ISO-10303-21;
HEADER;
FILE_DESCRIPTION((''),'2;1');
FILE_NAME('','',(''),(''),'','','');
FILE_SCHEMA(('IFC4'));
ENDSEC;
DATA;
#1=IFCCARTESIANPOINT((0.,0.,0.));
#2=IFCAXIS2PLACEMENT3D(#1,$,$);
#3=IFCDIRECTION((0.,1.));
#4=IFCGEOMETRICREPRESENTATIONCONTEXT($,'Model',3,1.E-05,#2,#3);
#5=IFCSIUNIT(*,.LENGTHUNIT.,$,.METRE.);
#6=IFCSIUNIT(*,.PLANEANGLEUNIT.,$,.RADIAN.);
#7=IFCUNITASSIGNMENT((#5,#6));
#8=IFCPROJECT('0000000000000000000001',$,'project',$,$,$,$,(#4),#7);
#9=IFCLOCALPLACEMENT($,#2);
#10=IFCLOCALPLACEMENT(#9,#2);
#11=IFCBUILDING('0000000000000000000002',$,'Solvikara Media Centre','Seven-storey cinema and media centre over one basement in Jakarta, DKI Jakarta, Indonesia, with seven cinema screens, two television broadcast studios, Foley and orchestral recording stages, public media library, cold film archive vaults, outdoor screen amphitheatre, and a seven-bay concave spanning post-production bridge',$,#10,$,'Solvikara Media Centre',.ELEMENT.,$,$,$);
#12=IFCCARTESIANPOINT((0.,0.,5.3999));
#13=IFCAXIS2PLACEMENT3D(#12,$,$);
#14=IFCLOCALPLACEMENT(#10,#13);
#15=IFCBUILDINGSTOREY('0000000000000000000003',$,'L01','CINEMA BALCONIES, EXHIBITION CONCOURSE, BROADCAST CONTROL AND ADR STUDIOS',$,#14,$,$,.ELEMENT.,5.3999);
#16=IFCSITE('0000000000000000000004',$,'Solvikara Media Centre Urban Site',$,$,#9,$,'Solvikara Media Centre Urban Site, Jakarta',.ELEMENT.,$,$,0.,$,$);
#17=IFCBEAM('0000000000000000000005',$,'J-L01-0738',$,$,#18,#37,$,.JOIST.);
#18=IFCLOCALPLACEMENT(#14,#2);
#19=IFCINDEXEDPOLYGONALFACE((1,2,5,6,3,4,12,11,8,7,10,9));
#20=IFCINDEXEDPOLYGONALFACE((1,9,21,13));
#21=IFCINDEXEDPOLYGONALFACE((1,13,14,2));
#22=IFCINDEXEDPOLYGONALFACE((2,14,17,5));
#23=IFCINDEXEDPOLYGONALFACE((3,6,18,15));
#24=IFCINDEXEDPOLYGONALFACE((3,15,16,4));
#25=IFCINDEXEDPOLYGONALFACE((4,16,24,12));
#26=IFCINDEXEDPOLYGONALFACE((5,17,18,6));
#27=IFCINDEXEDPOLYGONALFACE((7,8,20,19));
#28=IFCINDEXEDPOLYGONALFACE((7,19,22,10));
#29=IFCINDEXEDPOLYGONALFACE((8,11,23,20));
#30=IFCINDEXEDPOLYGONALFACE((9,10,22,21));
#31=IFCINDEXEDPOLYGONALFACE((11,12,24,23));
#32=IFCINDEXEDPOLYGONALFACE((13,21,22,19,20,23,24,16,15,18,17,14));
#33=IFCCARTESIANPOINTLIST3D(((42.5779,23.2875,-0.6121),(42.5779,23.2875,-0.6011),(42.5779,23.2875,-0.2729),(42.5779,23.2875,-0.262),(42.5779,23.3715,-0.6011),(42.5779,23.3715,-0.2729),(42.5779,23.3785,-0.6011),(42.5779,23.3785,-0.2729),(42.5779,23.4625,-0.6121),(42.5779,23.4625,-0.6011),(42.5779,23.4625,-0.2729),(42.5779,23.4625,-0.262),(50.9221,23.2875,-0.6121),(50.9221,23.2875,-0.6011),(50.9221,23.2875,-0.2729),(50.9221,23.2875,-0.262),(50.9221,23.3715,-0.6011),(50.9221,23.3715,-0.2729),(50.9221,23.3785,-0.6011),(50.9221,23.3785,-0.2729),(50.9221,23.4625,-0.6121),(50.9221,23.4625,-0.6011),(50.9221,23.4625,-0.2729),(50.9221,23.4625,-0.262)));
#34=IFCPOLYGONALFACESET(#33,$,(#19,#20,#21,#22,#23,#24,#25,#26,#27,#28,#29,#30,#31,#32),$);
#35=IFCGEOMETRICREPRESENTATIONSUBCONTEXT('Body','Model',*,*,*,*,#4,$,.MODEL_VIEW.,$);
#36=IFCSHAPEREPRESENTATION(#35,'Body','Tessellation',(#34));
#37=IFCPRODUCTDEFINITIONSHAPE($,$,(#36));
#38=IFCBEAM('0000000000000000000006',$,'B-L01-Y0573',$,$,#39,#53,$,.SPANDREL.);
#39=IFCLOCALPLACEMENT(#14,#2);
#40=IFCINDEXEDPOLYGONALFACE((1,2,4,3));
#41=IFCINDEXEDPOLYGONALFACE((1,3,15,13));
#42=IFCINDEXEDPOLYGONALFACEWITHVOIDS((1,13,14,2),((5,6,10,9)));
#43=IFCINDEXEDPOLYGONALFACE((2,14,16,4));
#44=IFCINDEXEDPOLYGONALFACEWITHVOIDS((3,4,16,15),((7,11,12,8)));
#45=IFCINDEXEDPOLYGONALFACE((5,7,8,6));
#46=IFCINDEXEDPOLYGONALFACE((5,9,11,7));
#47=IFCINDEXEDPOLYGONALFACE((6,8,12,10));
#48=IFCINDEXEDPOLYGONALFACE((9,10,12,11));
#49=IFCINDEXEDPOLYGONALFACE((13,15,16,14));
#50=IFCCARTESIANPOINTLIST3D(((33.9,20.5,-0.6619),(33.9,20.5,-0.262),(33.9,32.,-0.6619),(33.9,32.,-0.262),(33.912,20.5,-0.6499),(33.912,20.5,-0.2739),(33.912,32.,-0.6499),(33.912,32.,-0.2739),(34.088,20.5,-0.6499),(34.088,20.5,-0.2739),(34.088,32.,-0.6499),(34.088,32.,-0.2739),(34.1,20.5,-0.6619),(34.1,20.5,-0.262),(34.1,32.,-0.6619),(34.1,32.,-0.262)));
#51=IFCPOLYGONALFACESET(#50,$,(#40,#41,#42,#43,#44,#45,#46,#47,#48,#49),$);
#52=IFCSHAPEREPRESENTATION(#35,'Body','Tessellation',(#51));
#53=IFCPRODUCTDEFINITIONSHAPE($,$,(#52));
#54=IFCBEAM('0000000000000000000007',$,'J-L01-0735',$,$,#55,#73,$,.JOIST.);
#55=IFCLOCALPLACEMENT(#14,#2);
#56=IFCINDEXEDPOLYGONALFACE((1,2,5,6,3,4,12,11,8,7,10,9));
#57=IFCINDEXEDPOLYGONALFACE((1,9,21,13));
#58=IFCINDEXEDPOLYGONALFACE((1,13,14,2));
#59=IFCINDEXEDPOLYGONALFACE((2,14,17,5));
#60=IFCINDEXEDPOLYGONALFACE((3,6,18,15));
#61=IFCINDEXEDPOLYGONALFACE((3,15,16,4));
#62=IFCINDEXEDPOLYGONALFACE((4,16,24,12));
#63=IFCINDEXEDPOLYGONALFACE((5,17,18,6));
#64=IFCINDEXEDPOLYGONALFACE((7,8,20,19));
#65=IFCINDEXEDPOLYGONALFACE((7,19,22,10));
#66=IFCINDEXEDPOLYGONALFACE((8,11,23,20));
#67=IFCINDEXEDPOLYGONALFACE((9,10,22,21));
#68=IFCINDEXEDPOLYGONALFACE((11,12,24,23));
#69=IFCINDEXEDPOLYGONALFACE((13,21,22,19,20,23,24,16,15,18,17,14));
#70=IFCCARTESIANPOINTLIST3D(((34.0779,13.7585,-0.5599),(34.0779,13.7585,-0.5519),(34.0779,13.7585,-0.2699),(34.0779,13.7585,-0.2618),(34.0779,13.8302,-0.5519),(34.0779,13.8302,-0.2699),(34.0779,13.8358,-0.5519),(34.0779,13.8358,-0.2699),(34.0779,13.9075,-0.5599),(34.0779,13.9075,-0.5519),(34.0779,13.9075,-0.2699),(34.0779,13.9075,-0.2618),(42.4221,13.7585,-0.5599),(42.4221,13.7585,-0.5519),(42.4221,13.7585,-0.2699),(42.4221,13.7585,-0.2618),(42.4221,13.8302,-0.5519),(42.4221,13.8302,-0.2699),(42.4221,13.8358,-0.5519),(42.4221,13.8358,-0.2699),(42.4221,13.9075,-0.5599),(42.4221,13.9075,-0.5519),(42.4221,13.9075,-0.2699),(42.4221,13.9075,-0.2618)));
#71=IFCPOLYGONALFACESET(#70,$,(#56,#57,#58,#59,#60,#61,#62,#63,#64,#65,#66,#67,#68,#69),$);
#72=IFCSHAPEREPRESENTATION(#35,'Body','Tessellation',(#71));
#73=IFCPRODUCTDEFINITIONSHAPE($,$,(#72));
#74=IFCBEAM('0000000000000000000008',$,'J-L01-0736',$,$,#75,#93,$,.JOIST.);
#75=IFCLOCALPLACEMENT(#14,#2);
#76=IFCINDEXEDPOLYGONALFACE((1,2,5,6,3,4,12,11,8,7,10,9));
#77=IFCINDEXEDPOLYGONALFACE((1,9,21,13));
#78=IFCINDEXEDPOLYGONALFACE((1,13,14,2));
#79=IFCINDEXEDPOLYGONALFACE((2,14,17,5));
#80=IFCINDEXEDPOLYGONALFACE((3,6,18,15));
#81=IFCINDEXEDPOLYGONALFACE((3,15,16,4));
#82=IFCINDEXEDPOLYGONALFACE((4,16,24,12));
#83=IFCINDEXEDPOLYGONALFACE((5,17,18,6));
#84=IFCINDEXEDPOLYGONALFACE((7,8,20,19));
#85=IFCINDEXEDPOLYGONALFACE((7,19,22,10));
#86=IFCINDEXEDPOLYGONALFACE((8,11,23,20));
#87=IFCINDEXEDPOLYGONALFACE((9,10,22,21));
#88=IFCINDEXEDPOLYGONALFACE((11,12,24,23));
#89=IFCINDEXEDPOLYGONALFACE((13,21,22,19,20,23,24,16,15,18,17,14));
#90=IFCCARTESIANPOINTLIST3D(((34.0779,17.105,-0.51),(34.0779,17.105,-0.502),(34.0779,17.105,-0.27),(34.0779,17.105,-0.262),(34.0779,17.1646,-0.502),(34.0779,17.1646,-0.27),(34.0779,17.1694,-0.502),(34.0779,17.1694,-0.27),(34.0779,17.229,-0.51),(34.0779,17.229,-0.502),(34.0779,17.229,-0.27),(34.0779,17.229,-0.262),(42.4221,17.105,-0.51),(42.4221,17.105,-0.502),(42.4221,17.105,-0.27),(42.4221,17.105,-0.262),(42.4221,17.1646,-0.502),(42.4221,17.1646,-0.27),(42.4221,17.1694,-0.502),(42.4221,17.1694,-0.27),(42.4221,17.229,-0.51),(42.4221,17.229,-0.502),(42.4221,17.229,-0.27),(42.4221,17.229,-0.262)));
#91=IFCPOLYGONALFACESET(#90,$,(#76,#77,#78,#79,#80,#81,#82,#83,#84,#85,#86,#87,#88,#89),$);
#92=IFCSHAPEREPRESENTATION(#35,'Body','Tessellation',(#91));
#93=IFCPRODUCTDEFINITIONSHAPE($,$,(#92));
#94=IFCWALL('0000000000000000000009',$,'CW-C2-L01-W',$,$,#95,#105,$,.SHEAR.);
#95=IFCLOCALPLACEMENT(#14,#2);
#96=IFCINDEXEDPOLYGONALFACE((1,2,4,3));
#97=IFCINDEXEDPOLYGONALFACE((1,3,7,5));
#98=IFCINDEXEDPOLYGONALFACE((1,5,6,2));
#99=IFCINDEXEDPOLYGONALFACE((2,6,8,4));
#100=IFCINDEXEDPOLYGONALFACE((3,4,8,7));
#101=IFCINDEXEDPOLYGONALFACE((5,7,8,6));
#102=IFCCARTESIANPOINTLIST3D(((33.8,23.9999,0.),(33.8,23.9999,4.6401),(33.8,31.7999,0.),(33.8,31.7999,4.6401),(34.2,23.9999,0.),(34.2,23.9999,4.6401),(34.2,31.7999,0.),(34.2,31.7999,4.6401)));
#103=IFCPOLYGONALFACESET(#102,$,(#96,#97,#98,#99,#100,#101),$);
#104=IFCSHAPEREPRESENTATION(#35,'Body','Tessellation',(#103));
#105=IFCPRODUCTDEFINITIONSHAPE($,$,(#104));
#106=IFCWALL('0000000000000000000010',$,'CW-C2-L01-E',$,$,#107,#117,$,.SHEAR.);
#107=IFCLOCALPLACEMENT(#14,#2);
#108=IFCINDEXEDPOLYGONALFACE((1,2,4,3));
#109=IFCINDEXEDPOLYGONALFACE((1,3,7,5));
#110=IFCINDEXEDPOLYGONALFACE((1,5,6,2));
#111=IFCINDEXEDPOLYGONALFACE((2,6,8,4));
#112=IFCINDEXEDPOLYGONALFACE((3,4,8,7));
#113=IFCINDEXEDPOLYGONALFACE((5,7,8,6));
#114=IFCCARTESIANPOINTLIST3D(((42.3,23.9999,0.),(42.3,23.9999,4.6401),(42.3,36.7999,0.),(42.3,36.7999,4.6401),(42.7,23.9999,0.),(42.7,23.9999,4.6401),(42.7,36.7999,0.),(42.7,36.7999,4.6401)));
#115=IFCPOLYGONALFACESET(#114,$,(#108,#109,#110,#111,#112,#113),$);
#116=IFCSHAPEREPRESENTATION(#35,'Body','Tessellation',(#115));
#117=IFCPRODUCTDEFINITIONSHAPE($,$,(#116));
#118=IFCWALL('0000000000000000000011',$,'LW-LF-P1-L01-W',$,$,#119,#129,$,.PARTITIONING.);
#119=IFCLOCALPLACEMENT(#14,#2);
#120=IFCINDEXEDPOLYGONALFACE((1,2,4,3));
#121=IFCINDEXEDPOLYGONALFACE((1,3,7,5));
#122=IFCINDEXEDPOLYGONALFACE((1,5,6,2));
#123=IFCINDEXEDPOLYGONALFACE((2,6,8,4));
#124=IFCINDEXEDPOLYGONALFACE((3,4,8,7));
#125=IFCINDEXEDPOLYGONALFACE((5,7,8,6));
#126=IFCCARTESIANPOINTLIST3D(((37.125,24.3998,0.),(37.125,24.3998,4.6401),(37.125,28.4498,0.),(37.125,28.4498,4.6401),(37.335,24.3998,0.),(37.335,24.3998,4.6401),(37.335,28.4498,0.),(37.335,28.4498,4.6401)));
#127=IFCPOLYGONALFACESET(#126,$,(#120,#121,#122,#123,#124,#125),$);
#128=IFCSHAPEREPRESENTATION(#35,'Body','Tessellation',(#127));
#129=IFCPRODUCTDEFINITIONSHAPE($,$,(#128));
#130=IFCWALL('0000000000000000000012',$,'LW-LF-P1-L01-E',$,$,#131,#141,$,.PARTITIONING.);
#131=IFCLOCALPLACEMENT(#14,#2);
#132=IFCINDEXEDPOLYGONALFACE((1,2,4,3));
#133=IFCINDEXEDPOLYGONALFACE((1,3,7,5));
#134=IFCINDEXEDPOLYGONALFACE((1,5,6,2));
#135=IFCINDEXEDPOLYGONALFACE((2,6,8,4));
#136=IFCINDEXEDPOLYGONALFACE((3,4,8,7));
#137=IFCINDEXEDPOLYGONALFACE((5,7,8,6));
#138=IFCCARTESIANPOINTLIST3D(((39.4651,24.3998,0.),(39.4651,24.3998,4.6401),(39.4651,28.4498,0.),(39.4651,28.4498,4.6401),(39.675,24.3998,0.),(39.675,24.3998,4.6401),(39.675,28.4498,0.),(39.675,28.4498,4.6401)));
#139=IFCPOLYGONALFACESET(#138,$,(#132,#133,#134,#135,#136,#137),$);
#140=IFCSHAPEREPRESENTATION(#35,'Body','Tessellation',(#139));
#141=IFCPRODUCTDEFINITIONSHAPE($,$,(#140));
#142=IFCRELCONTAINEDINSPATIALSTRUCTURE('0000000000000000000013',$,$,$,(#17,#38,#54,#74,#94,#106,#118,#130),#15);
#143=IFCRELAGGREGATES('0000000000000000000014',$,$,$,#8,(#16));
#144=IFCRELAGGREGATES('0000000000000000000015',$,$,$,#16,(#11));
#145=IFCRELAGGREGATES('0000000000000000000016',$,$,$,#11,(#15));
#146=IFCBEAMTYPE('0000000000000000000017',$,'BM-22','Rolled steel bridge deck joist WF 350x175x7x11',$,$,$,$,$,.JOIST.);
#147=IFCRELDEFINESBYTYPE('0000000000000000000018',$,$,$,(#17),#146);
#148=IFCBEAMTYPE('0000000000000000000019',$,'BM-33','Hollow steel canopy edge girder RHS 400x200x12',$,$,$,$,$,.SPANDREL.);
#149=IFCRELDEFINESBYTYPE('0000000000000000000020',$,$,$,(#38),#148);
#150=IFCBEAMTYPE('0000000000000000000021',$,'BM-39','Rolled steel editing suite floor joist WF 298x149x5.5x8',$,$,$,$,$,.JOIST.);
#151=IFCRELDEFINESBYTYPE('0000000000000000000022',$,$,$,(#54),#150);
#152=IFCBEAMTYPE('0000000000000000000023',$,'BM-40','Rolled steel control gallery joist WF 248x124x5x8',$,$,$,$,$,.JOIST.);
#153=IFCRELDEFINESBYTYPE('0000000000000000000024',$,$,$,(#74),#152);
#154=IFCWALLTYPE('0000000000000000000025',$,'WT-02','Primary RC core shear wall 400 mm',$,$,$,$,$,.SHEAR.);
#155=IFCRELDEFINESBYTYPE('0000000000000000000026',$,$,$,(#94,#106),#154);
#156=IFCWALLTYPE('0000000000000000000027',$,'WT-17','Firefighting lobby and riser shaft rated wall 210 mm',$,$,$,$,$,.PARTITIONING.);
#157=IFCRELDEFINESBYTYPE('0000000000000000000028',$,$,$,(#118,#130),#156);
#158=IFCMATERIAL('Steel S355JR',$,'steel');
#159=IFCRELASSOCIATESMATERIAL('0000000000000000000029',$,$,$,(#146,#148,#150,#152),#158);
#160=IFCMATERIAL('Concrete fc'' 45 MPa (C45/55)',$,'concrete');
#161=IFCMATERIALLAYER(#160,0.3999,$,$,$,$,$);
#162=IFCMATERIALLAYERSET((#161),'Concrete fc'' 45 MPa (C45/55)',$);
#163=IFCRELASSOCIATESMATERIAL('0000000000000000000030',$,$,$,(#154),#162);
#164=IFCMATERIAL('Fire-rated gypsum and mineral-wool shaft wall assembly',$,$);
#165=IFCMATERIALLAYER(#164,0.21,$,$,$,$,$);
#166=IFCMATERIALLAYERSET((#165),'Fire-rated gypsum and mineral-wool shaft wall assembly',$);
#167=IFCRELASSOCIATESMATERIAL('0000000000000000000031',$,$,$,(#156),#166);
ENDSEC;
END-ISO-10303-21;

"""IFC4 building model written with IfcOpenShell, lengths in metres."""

from ifc_helpers import new_model, si_unit, direction, frame, frame_2d, origin, origin_2d, place, context, subcontext, project, spatial, rectangle, hollow_rectangle, i_section, extrude, material, layer, layer_set, material_profile, profile_set, type_object, element, save


model = new_model("IFC4")

# Units and contexts
model_context = context("Model", 3, precision=1e-05, world=origin(), true_north=direction((0.0, 1.0)))
body_context = subcontext(model_context, "Body", "Model", "MODEL_VIEW")
ifc_project = project(units=[si_unit("LENGTHUNIT", "METRE"), si_unit("PLANEANGLEUNIT", "RADIAN")], contexts=[model_context])

# Site, building, storey
site_placement = place(None, origin())
site = spatial("IfcSite", under=ifc_project, at=site_placement, Name="Solvikara Media Centre Urban Site", LongName="Solvikara Media Centre Urban Site, Jakarta", CompositionType="ELEMENT", RefElevation=0.0)
building_placement = place(site_placement, origin())
building = spatial("IfcBuilding", under=site, at=building_placement, Name="Solvikara Media Centre", Description="Seven-storey cinema and media centre over one basement in Jakarta, DKI Jakarta, Indonesia, with seven cinema screens, two television broadcast studios, Foley and orchestral recording stages, public media library, cold film archive vaults, outdoor screen amphitheatre, and a seven-bay concave spanning post-production bridge", LongName="Solvikara Media Centre", CompositionType="ELEMENT")
storey_placement = place(building_placement, frame((0.0, 0.0, 5.3999)))
storey = spatial("IfcBuildingStorey", under=building, at=storey_placement, Name="L01", Description="CINEMA BALCONIES, EXHIBITION CONCOURSE, BROADCAST CONTROL AND ADR STUDIOS", CompositionType="ELEMENT", Elevation=5.3999)

# Shared definitions
ifc_material_1 = material(Name="Concrete fc' 45 MPa (C45/55)", Category="concrete")

# Beams
ifc_material_2 = material(Name="Steel S355JR", Category="steel")
ifc_material_profile_1 = material_profile(ifc_material_2, i_section(OverallWidth=0.175, OverallDepth=0.3501, WebThickness=0.0071, FlangeThickness=0.011, at=origin_2d()), Name="WF 350x175x7x11")
ifc_profile_set_1 = profile_set([ifc_material_profile_1], Name="Steel S355JR")
beam_type_1 = type_object("IfcBeamType", Name="BM-22", Description="Rolled steel bridge deck joist WF 350x175x7x11", PredefinedType="JOIST", material=ifc_profile_set_1)
beam_1_placement = place(storey_placement, frame((42.5779, 23.375, -0.437), z_axis=(1.0, 0.0, 0.0), x_axis=(0.0, 1.0, 0.0)))
element("IfcBeam", 1, at=beam_1_placement, inside=storey, type_object=beam_type_1, Name="J-L01-0738", PredefinedType="JOIST", context=body_context, shape_type="SweptSolid", body=[
    extrude(i_section(OverallWidth=0.175, OverallDepth=0.3501, WebThickness=0.0071, FlangeThickness=0.011, at=origin_2d()), origin(), (0.0, 0.0, 1.0), 8.3442),
])
ifc_material_profile_2 = material_profile(ifc_material_2, hollow_rectangle(XDim=0.2, YDim=0.3999, WallThickness=0.012, at=origin_2d()), Name="RHS 400x200x12")
ifc_profile_set_2 = profile_set([ifc_material_profile_2], Name="Steel S355JR")
beam_type_2 = type_object("IfcBeamType", Name="BM-33", Description="Hollow steel canopy edge girder RHS 400x200x12", PredefinedType="SPANDREL", material=ifc_profile_set_2)
beam_2_placement = place(storey_placement, frame((34.0, 20.5, -0.4619), z_axis=(0.0, 1.0, 0.0), x_axis=(-1.0, 0.0, 0.0)))
element("IfcBeam", 2, at=beam_2_placement, inside=storey, type_object=beam_type_2, Name="B-L01-Y0573", PredefinedType="SPANDREL", context=body_context, shape_type="SweptSolid", body=[
    extrude(hollow_rectangle(XDim=0.2, YDim=0.3999, WallThickness=0.012, at=origin_2d()), origin(), (0.0, 0.0, 1.0), 11.5),
])
ifc_material_profile_3 = material_profile(ifc_material_2, i_section(OverallWidth=0.1489, OverallDepth=0.2981, WebThickness=0.0056, FlangeThickness=0.0081, at=origin_2d()), Name="WF 298x149x5.5x8")
ifc_profile_set_3 = profile_set([ifc_material_profile_3], Name="Steel S355JR")
beam_type_3 = type_object("IfcBeamType", Name="BM-39", Description="Rolled steel editing suite floor joist WF 298x149x5.5x8", PredefinedType="JOIST", material=ifc_profile_set_3)
beam_3_placement = place(storey_placement, frame((34.0779, 13.833, -0.4109), z_axis=(1.0, 0.0, 0.0), x_axis=(0.0, 1.0, 0.0)))
element("IfcBeam", 3, at=beam_3_placement, inside=storey, type_object=beam_type_3, Name="J-L01-0735", PredefinedType="JOIST", context=body_context, shape_type="SweptSolid", body=[
    extrude(i_section(OverallWidth=0.1489, OverallDepth=0.2981, WebThickness=0.0056, FlangeThickness=0.0081, at=origin_2d()), origin(), (0.0, 0.0, 1.0), 8.3442),
])
ifc_material_profile_4 = material_profile(ifc_material_2, i_section(OverallWidth=0.124, OverallDepth=0.248, WebThickness=0.0049, FlangeThickness=0.0081, at=origin_2d()), Name="WF 248x124x5x8")
ifc_profile_set_4 = profile_set([ifc_material_profile_4], Name="Steel S355JR")
beam_type_4 = type_object("IfcBeamType", Name="BM-40", Description="Rolled steel control gallery joist WF 248x124x5x8", PredefinedType="JOIST", material=ifc_profile_set_4)
beam_4_placement = place(storey_placement, frame((34.0779, 17.167, -0.386), z_axis=(1.0, 0.0, 0.0), x_axis=(0.0, 1.0, 0.0)))
element("IfcBeam", 4, at=beam_4_placement, inside=storey, type_object=beam_type_4, Name="J-L01-0736", PredefinedType="JOIST", context=body_context, shape_type="SweptSolid", body=[
    extrude(i_section(OverallWidth=0.124, OverallDepth=0.248, WebThickness=0.0049, FlangeThickness=0.0081, at=origin_2d()), origin(), (0.0, 0.0, 1.0), 8.3442),
])

# Walls
ifc_layer_1 = layer(ifc_material_1, 0.3999)
ifc_layer_set_1 = layer_set([ifc_layer_1], Name="Concrete fc' 45 MPa (C45/55)")
wall_type_1 = type_object("IfcWallType", Name="WT-02", Description="Primary RC core shear wall 400 mm", PredefinedType="SHEAR", material=ifc_layer_set_1)
wall_1_placement = place(storey_placement, frame((34.0, 24.0, 0.0), z_axis=(0.0, 0.0, 1.0), x_axis=(0.0, 1.0, 0.0)))
element("IfcWall", 5, at=wall_1_placement, inside=storey, type_object=wall_type_1, Name="CW-C2-L01-W", PredefinedType="SHEAR", context=body_context, shape_type="SweptSolid", body=[
    extrude(rectangle(XDim=7.8, YDim=0.3999, at=frame_2d((3.8999, 0.0))), origin(), (0.0, 0.0, 1.0), 4.6401),
])
wall_2_placement = place(storey_placement, frame((42.5, 24.0, 0.0), z_axis=(0.0, 0.0, 1.0), x_axis=(0.0, 1.0, 0.0)))
element("IfcWall", 6, at=wall_2_placement, inside=storey, type_object=wall_type_1, Name="CW-C2-L01-E", PredefinedType="SHEAR", context=body_context, shape_type="SweptSolid", body=[
    extrude(rectangle(XDim=12.8, YDim=0.3999, at=frame_2d((6.3999, 0.0))), origin(), (0.0, 0.0, 1.0), 4.6401),
])

# Walls
ifc_material_3 = material(Name="Fire-rated gypsum and mineral-wool shaft wall assembly")
ifc_layer_2 = layer(ifc_material_3, 0.21)
ifc_layer_set_2 = layer_set([ifc_layer_2], Name="Fire-rated gypsum and mineral-wool shaft wall assembly")
wall_type_2 = type_object("IfcWallType", Name="WT-17", Description="Firefighting lobby and riser shaft rated wall 210 mm", PredefinedType="PARTITIONING", material=ifc_layer_set_2)
for number, where, z_axis, x_axis, name in (
    (7, (37.23, 24.3999, 0.0), (0.0, 0.0, 1.0), (0.0, 1.0, 0.0), "LW-LF-P1-L01-W"),
    (8, (39.5701, 24.3999, 0.0), (0.0, 0.0, 1.0), (0.0, 1.0, 0.0), "LW-LF-P1-L01-E"),
):
    element("IfcWall", number, at=place(storey_placement, frame(where, z_axis=z_axis, x_axis=x_axis)), inside=storey, type_object=wall_type_2, Name=name, PredefinedType="PARTITIONING", context=body_context, shape_type="SweptSolid", body=[
        extrude(rectangle(XDim=4.05, YDim=0.21, at=frame_2d((2.0249, 0.0))), origin(), (0.0, 0.0, 1.0), 4.6401),
    ])

save(model, "model.ifc")
